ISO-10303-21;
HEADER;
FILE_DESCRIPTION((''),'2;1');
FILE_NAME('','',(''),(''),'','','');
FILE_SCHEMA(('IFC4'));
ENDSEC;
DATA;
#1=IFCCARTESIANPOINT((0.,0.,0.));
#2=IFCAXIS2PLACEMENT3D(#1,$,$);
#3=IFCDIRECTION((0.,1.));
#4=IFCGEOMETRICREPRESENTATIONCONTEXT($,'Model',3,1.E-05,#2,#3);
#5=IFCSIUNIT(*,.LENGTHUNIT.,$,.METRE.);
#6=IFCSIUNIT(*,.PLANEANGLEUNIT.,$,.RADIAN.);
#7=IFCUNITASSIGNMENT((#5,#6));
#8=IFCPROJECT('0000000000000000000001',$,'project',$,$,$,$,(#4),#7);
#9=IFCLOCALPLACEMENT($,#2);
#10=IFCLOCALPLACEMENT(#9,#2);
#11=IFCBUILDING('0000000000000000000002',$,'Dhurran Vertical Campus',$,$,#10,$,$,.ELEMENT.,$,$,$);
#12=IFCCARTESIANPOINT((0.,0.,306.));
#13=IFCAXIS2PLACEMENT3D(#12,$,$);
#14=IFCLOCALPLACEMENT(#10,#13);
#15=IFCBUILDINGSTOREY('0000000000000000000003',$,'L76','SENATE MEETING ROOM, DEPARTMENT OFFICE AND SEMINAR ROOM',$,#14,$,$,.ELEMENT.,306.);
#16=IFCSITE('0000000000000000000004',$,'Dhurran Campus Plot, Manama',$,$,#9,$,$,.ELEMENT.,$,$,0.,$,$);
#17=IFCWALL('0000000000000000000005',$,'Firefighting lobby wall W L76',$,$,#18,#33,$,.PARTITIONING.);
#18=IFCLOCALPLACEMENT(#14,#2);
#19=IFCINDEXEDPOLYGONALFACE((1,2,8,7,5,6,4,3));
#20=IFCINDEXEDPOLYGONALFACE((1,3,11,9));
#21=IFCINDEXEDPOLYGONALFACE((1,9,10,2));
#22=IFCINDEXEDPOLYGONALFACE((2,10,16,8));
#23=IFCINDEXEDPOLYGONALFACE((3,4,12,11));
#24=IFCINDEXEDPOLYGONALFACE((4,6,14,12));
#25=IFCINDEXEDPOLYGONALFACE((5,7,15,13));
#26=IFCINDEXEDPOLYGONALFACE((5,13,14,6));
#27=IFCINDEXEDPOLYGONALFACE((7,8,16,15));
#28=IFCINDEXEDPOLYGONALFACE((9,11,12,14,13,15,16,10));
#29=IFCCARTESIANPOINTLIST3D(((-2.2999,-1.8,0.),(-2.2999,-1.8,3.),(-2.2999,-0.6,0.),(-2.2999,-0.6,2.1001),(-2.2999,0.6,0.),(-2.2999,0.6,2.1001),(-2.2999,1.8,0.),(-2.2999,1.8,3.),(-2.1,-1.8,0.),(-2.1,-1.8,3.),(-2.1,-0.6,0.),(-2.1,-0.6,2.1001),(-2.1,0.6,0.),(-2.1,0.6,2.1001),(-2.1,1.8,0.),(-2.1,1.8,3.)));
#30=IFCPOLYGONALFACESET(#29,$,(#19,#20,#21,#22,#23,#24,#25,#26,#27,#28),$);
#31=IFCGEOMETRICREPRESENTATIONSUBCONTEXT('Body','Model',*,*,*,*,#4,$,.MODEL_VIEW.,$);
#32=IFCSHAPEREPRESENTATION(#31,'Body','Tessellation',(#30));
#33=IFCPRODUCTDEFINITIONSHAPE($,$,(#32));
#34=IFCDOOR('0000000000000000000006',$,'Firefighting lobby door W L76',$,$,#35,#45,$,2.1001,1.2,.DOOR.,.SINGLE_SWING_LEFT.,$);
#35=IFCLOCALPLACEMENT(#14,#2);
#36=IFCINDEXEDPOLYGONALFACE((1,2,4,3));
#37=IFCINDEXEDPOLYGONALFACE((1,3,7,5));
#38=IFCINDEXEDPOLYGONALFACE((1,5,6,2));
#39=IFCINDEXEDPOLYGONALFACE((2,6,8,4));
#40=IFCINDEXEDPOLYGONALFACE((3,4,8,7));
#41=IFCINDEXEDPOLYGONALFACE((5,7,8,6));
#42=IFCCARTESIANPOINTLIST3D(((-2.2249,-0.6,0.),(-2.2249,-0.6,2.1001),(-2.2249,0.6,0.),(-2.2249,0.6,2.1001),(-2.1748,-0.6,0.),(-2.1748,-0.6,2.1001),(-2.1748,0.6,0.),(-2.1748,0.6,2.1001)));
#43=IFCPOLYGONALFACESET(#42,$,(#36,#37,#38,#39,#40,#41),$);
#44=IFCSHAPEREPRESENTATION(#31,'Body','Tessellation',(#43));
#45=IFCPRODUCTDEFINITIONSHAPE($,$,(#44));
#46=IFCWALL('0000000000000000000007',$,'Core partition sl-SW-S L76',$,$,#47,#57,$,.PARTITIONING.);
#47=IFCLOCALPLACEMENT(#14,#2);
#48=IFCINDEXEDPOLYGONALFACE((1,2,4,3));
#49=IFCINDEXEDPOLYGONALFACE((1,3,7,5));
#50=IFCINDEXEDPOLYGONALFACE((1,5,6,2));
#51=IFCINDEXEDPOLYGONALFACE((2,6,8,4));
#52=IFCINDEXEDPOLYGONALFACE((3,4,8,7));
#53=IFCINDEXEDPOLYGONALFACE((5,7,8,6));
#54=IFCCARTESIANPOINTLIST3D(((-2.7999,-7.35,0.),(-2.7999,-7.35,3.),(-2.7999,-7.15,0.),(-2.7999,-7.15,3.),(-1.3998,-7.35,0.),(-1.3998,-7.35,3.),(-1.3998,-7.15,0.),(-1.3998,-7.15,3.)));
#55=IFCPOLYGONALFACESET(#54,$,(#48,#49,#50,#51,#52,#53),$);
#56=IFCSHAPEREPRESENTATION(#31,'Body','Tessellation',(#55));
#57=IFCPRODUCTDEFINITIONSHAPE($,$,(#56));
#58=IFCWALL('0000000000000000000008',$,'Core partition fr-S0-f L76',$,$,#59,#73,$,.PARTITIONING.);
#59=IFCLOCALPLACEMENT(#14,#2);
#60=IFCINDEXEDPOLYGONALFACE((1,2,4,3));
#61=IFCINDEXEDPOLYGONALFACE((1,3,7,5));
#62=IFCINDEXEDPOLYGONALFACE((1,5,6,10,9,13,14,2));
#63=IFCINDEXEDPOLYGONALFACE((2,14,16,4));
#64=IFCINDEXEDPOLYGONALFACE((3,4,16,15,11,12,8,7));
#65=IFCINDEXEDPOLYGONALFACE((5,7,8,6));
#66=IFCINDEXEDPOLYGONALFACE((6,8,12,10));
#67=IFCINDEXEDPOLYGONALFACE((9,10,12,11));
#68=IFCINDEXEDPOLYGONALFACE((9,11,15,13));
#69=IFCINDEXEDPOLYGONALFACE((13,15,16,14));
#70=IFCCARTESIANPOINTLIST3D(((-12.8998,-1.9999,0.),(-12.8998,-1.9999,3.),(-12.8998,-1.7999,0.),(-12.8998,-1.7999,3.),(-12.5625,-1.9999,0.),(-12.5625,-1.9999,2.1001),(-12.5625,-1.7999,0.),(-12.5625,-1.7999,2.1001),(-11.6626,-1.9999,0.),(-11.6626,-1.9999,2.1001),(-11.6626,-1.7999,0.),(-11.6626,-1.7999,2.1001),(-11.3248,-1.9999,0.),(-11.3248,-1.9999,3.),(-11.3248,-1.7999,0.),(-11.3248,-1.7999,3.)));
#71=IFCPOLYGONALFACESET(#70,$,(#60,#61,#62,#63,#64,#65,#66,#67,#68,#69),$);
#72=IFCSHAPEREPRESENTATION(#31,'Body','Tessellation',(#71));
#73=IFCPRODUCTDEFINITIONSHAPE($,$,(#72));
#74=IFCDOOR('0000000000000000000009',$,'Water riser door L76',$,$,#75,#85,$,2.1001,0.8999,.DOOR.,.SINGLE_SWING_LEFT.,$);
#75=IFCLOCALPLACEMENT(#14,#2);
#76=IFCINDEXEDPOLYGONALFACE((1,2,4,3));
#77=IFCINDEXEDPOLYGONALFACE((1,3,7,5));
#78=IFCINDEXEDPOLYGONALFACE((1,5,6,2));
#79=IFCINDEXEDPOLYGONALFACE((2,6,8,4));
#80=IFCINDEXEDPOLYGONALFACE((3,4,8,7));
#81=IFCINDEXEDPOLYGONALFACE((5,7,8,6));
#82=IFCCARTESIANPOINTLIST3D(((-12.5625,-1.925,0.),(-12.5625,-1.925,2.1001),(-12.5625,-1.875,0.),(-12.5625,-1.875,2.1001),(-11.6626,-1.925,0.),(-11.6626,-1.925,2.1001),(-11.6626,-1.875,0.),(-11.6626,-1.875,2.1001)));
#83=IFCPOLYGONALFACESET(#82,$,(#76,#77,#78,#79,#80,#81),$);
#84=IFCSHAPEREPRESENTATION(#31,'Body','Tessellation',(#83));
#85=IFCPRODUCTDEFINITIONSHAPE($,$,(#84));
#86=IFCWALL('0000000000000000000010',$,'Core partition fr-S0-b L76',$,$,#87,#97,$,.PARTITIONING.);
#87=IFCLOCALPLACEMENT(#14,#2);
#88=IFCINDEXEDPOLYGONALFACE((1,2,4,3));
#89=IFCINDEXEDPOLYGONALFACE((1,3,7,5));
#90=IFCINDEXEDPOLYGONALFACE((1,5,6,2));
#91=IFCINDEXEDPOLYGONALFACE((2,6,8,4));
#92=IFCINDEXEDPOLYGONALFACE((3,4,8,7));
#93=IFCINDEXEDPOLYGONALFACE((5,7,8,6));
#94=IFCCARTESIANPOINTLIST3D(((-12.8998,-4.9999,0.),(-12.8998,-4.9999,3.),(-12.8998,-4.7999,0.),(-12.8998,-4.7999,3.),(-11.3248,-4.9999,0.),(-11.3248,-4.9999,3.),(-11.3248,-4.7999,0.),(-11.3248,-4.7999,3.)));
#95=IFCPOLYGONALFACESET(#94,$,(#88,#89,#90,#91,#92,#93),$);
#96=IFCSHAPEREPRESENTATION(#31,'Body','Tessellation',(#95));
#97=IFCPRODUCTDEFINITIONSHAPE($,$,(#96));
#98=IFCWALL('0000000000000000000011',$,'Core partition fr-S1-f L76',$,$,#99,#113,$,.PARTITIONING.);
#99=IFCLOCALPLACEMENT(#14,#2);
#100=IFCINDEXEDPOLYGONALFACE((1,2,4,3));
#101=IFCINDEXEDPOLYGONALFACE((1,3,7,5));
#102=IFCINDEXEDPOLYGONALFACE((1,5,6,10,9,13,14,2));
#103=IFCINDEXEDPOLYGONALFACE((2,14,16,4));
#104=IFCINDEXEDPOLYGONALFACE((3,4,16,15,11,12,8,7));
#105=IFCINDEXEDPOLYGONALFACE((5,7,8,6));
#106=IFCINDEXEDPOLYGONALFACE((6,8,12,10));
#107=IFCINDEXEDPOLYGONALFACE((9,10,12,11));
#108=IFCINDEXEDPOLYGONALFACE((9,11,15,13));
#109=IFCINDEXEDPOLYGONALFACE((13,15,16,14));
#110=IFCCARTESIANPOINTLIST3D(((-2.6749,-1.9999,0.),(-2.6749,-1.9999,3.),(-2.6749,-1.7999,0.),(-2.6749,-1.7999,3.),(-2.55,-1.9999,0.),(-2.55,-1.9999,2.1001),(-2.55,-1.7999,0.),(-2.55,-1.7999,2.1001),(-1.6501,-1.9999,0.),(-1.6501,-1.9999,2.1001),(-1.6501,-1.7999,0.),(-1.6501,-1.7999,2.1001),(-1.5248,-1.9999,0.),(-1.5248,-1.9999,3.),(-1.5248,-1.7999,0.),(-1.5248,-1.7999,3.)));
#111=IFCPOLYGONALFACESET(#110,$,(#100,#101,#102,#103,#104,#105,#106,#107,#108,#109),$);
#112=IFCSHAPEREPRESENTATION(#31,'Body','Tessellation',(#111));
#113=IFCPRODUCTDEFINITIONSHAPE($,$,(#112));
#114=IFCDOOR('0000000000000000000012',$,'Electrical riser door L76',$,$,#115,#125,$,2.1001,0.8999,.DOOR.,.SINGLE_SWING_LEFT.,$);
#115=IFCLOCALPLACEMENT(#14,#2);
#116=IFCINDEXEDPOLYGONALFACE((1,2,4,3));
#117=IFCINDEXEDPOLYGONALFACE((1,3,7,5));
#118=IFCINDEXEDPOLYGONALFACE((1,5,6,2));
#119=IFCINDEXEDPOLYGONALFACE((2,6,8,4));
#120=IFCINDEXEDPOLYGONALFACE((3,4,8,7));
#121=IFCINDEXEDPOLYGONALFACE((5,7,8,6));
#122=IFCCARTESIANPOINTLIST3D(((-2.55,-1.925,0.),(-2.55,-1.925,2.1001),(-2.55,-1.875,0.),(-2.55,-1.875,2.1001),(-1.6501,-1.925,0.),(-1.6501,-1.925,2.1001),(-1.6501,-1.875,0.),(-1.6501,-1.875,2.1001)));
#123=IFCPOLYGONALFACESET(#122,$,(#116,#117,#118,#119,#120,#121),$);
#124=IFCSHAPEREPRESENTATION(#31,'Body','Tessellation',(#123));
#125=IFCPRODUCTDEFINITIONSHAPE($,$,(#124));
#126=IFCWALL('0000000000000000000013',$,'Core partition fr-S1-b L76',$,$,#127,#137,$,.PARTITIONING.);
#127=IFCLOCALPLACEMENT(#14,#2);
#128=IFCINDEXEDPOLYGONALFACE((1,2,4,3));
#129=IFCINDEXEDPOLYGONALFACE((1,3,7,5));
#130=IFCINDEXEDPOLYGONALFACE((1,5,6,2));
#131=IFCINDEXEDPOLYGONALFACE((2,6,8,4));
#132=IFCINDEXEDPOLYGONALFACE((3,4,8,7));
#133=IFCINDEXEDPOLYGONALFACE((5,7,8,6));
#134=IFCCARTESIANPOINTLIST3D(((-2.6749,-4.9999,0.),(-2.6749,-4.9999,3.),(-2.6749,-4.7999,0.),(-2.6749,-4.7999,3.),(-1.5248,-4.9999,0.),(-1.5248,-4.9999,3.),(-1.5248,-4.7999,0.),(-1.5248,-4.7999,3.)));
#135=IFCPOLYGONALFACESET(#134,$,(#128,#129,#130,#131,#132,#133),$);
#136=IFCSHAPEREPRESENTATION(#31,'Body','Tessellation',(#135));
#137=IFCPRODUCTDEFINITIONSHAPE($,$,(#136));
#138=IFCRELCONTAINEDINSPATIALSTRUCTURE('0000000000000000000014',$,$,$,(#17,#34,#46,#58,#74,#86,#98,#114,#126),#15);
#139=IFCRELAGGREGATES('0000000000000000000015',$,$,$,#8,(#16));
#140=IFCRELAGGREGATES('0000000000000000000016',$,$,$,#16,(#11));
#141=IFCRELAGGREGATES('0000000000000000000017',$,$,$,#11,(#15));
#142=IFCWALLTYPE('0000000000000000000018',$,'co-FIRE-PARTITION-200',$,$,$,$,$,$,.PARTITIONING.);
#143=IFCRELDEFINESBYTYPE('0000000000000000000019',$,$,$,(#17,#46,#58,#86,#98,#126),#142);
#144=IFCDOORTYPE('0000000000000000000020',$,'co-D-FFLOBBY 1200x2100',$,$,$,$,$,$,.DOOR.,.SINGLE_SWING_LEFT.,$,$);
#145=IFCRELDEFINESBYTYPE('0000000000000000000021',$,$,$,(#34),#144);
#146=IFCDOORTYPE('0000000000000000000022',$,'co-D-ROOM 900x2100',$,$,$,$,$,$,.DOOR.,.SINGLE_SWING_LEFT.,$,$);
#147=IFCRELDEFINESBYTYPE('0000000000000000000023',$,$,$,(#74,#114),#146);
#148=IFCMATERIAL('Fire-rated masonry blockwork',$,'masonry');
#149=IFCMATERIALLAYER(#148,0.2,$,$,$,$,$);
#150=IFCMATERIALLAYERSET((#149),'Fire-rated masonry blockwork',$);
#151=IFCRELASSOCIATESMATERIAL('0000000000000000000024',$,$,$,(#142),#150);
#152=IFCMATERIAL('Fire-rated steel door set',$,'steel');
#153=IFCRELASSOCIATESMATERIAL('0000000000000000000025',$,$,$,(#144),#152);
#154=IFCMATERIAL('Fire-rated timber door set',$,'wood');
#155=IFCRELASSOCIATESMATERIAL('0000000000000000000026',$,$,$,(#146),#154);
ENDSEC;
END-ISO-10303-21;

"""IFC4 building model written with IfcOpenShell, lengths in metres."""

from ifc_helpers import new_model, si_unit, direction, frame, frame_2d, origin, place, context, subcontext, project, spatial, rectangle, extrude, material, layer, layer_set, type_object, element, fill, save


model = new_model("IFC4")

# Units and contexts
model_context = context("Model", 3, precision=1e-05, world=origin(), true_north=direction((0.0, 1.0)))
body_context = subcontext(model_context, "Body", "Model", "MODEL_VIEW")
ifc_project = project(units=[si_unit("LENGTHUNIT", "METRE"), si_unit("PLANEANGLEUNIT", "RADIAN")], contexts=[model_context])

# Site, building, storey
site_placement = place(None, origin())
site = spatial("IfcSite", under=ifc_project, at=site_placement, Name="Dhurran Campus Plot, Manama", CompositionType="ELEMENT", RefElevation=0.0)
building_placement = place(site_placement, origin())
building = spatial("IfcBuilding", under=site, at=building_placement, Name="Dhurran Vertical Campus", CompositionType="ELEMENT")
storey_placement = place(building_placement, frame((0.0, 0.0, 306.0)))
storey = spatial("IfcBuildingStorey", under=building, at=storey_placement, Name="L76", Description="SENATE MEETING ROOM, DEPARTMENT OFFICE AND SEMINAR ROOM", CompositionType="ELEMENT", Elevation=306.0)

# Wall, opening, door
ifc_material_1 = material(Name="Fire-rated masonry blockwork", Category="masonry")
ifc_layer_1 = layer(ifc_material_1, 0.2)
ifc_layer_set_1 = layer_set([ifc_layer_1], Name="Fire-rated masonry blockwork")
wall_type_1 = type_object("IfcWallType", Name="co-FIRE-PARTITION-200", PredefinedType="PARTITIONING", material=ifc_layer_set_1)
wall_1_placement = place(storey_placement, frame((-2.2, -1.8, 0.0), z_axis=(0.0, 0.0, 1.0), x_axis=(0.0, 1.0, 0.0)))
wall_1 = element("IfcWall", 1, at=wall_1_placement, inside=storey, type_object=wall_type_1, Name="Firefighting lobby wall W L76", PredefinedType="PARTITIONING", context=body_context, shape_type="SweptSolid", body=[
    extrude(rectangle(XDim=3.6001, YDim=0.2, at=frame_2d((1.8, 0.0))), origin(), (0.0, 0.0, 1.0), 3.0),
])
opening_1_placement = place(wall_1_placement, frame((1.2, 0.0, 0.0)))
opening_1 = element("IfcOpeningElement", 2, at=opening_1_placement, cuts=wall_1, PredefinedType="OPENING", context=body_context, shape_type="SweptSolid", body=[
    extrude(rectangle(XDim=1.2, YDim=2.1001, at=frame_2d((0.6001, 1.05))), frame((0.0, 0.1099, 0.0), z_axis=(0.0, -1.0, 0.0), x_axis=(1.0, 0.0, 0.0)), (0.0, 0.0, 1.0), 0.22),
])
ifc_material_2 = material(Name="Fire-rated steel door set", Category="steel")
door_type_1 = type_object("IfcDoorType", Name="co-D-FFLOBBY 1200x2100", OperationType="SINGLE_SWING_LEFT", PredefinedType="DOOR", material=ifc_material_2)
door_1_placement = place(opening_1_placement, origin())
door_1 = element("IfcDoor", 3, at=door_1_placement, inside=storey, type_object=door_type_1, Name="Firefighting lobby door W L76", OperationType="SINGLE_SWING_LEFT", OverallHeight=2.1001, OverallWidth=1.2, PredefinedType="DOOR", context=body_context, shape_type="SweptSolid", body=[
    extrude(rectangle(XDim=1.2, YDim=2.1001, at=frame_2d((0.6001, 1.05))), frame((0.0, 0.0249, 0.0), z_axis=(0.0, -1.0, 0.0), x_axis=(1.0, 0.0, 0.0)), (0.0, 0.0, 1.0), 0.05),
])
fill(opening_1, door_1)

# Wall
wall_2_placement = place(storey_placement, frame((-2.8, -7.25, 0.0), z_axis=(0.0, 0.0, 1.0), x_axis=(1.0, 0.0, 0.0)))
element("IfcWall", 4, at=wall_2_placement, inside=storey, type_object=wall_type_1, Name="Core partition sl-SW-S L76", PredefinedType="PARTITIONING", context=body_context, shape_type="SweptSolid", body=[
    extrude(rectangle(XDim=1.4001, YDim=0.2, at=frame_2d((0.7002, 0.0))), origin(), (0.0, 0.0, 1.0), 3.0),
])

# Wall, opening, door
wall_3_placement = place(storey_placement, frame((-12.8999, -1.8999, 0.0), z_axis=(0.0, 0.0, 1.0), x_axis=(1.0, 0.0, 0.0)))
wall_3 = element("IfcWall", 5, at=wall_3_placement, inside=storey, type_object=wall_type_1, Name="Core partition fr-S0-f L76", PredefinedType="PARTITIONING", context=body_context, shape_type="SweptSolid", body=[
    extrude(rectangle(XDim=1.575, YDim=0.2, at=frame_2d((0.7876, 0.0))), origin(), (0.0, 0.0, 1.0), 3.0),
])
opening_2_placement = place(wall_3_placement, frame((0.3374, 0.0, 0.0)))
opening_2 = element("IfcOpeningElement", 6, at=opening_2_placement, cuts=wall_3, PredefinedType="OPENING", context=body_context, shape_type="SweptSolid", body=[
    extrude(rectangle(XDim=0.8999, YDim=2.1001, at=frame_2d((0.45, 1.05))), frame((0.0, 0.1099, 0.0), z_axis=(0.0, -1.0, 0.0), x_axis=(1.0, 0.0, 0.0)), (0.0, 0.0, 1.0), 0.22),
])
ifc_material_3 = material(Name="Fire-rated timber door set", Category="wood")
door_type_2 = type_object("IfcDoorType", Name="co-D-ROOM 900x2100", OperationType="SINGLE_SWING_LEFT", PredefinedType="DOOR", material=ifc_material_3)
door_2_placement = place(opening_2_placement, origin())
door_2 = element("IfcDoor", 7, at=door_2_placement, inside=storey, type_object=door_type_2, Name="Water riser door L76", OperationType="SINGLE_SWING_LEFT", OverallHeight=2.1001, OverallWidth=0.8999, PredefinedType="DOOR", context=body_context, shape_type="SweptSolid", body=[
    extrude(rectangle(XDim=0.8999, YDim=2.1001, at=frame_2d((0.45, 1.05))), frame((0.0, 0.0249, 0.0), z_axis=(0.0, -1.0, 0.0), x_axis=(1.0, 0.0, 0.0)), (0.0, 0.0, 1.0), 0.05),
])
fill(opening_2, door_2)

# Wall
wall_4_placement = place(storey_placement, frame((-12.8999, -4.8999, 0.0), z_axis=(0.0, 0.0, 1.0), x_axis=(1.0, 0.0, 0.0)))
element("IfcWall", 8, at=wall_4_placement, inside=storey, type_object=wall_type_1, Name="Core partition fr-S0-b L76", PredefinedType="PARTITIONING", context=body_context, shape_type="SweptSolid", body=[
    extrude(rectangle(XDim=1.575, YDim=0.2, at=frame_2d((0.7876, 0.0))), origin(), (0.0, 0.0, 1.0), 3.0),
])

# Wall, opening, door
wall_5_placement = place(storey_placement, frame((-2.675, -1.8999, 0.0), z_axis=(0.0, 0.0, 1.0), x_axis=(1.0, 0.0, 0.0)))
wall_5 = element("IfcWall", 9, at=wall_5_placement, inside=storey, type_object=wall_type_1, Name="Core partition fr-S1-f L76", PredefinedType="PARTITIONING", context=body_context, shape_type="SweptSolid", body=[
    extrude(rectangle(XDim=1.1501, YDim=0.2, at=frame_2d((0.5752, 0.0))), origin(), (0.0, 0.0, 1.0), 3.0),
])
opening_3_placement = place(wall_5_placement, frame((0.125, 0.0, 0.0)))
opening_3 = element("IfcOpeningElement", 10, at=opening_3_placement, cuts=wall_5, PredefinedType="OPENING", context=body_context, shape_type="SweptSolid", body=[
    extrude(rectangle(XDim=0.8999, YDim=2.1001, at=frame_2d((0.45, 1.05))), frame((0.0, 0.1099, 0.0), z_axis=(0.0, -1.0, 0.0), x_axis=(1.0, 0.0, 0.0)), (0.0, 0.0, 1.0), 0.22),
])
door_3_placement = place(opening_3_placement, origin())
door_3 = element("IfcDoor", 11, at=door_3_placement, inside=storey, type_object=door_type_2, Name="Electrical riser door L76", OperationType="SINGLE_SWING_LEFT", OverallHeight=2.1001, OverallWidth=0.8999, PredefinedType="DOOR", context=body_context, shape_type="SweptSolid", body=[
    extrude(rectangle(XDim=0.8999, YDim=2.1001, at=frame_2d((0.45, 1.05))), frame((0.0, 0.0249, 0.0), z_axis=(0.0, -1.0, 0.0), x_axis=(1.0, 0.0, 0.0)), (0.0, 0.0, 1.0), 0.05),
])
fill(opening_3, door_3)

# Wall
wall_6_placement = place(storey_placement, frame((-2.675, -4.8999, 0.0), z_axis=(0.0, 0.0, 1.0), x_axis=(1.0, 0.0, 0.0)))
element("IfcWall", 12, at=wall_6_placement, inside=storey, type_object=wall_type_1, Name="Core partition fr-S1-b L76", PredefinedType="PARTITIONING", context=body_context, shape_type="SweptSolid", body=[
    extrude(rectangle(XDim=1.1501, YDim=0.2, at=frame_2d((0.5752, 0.0))), origin(), (0.0, 0.0, 1.0), 3.0),
])

save(model, "model.ifc")
